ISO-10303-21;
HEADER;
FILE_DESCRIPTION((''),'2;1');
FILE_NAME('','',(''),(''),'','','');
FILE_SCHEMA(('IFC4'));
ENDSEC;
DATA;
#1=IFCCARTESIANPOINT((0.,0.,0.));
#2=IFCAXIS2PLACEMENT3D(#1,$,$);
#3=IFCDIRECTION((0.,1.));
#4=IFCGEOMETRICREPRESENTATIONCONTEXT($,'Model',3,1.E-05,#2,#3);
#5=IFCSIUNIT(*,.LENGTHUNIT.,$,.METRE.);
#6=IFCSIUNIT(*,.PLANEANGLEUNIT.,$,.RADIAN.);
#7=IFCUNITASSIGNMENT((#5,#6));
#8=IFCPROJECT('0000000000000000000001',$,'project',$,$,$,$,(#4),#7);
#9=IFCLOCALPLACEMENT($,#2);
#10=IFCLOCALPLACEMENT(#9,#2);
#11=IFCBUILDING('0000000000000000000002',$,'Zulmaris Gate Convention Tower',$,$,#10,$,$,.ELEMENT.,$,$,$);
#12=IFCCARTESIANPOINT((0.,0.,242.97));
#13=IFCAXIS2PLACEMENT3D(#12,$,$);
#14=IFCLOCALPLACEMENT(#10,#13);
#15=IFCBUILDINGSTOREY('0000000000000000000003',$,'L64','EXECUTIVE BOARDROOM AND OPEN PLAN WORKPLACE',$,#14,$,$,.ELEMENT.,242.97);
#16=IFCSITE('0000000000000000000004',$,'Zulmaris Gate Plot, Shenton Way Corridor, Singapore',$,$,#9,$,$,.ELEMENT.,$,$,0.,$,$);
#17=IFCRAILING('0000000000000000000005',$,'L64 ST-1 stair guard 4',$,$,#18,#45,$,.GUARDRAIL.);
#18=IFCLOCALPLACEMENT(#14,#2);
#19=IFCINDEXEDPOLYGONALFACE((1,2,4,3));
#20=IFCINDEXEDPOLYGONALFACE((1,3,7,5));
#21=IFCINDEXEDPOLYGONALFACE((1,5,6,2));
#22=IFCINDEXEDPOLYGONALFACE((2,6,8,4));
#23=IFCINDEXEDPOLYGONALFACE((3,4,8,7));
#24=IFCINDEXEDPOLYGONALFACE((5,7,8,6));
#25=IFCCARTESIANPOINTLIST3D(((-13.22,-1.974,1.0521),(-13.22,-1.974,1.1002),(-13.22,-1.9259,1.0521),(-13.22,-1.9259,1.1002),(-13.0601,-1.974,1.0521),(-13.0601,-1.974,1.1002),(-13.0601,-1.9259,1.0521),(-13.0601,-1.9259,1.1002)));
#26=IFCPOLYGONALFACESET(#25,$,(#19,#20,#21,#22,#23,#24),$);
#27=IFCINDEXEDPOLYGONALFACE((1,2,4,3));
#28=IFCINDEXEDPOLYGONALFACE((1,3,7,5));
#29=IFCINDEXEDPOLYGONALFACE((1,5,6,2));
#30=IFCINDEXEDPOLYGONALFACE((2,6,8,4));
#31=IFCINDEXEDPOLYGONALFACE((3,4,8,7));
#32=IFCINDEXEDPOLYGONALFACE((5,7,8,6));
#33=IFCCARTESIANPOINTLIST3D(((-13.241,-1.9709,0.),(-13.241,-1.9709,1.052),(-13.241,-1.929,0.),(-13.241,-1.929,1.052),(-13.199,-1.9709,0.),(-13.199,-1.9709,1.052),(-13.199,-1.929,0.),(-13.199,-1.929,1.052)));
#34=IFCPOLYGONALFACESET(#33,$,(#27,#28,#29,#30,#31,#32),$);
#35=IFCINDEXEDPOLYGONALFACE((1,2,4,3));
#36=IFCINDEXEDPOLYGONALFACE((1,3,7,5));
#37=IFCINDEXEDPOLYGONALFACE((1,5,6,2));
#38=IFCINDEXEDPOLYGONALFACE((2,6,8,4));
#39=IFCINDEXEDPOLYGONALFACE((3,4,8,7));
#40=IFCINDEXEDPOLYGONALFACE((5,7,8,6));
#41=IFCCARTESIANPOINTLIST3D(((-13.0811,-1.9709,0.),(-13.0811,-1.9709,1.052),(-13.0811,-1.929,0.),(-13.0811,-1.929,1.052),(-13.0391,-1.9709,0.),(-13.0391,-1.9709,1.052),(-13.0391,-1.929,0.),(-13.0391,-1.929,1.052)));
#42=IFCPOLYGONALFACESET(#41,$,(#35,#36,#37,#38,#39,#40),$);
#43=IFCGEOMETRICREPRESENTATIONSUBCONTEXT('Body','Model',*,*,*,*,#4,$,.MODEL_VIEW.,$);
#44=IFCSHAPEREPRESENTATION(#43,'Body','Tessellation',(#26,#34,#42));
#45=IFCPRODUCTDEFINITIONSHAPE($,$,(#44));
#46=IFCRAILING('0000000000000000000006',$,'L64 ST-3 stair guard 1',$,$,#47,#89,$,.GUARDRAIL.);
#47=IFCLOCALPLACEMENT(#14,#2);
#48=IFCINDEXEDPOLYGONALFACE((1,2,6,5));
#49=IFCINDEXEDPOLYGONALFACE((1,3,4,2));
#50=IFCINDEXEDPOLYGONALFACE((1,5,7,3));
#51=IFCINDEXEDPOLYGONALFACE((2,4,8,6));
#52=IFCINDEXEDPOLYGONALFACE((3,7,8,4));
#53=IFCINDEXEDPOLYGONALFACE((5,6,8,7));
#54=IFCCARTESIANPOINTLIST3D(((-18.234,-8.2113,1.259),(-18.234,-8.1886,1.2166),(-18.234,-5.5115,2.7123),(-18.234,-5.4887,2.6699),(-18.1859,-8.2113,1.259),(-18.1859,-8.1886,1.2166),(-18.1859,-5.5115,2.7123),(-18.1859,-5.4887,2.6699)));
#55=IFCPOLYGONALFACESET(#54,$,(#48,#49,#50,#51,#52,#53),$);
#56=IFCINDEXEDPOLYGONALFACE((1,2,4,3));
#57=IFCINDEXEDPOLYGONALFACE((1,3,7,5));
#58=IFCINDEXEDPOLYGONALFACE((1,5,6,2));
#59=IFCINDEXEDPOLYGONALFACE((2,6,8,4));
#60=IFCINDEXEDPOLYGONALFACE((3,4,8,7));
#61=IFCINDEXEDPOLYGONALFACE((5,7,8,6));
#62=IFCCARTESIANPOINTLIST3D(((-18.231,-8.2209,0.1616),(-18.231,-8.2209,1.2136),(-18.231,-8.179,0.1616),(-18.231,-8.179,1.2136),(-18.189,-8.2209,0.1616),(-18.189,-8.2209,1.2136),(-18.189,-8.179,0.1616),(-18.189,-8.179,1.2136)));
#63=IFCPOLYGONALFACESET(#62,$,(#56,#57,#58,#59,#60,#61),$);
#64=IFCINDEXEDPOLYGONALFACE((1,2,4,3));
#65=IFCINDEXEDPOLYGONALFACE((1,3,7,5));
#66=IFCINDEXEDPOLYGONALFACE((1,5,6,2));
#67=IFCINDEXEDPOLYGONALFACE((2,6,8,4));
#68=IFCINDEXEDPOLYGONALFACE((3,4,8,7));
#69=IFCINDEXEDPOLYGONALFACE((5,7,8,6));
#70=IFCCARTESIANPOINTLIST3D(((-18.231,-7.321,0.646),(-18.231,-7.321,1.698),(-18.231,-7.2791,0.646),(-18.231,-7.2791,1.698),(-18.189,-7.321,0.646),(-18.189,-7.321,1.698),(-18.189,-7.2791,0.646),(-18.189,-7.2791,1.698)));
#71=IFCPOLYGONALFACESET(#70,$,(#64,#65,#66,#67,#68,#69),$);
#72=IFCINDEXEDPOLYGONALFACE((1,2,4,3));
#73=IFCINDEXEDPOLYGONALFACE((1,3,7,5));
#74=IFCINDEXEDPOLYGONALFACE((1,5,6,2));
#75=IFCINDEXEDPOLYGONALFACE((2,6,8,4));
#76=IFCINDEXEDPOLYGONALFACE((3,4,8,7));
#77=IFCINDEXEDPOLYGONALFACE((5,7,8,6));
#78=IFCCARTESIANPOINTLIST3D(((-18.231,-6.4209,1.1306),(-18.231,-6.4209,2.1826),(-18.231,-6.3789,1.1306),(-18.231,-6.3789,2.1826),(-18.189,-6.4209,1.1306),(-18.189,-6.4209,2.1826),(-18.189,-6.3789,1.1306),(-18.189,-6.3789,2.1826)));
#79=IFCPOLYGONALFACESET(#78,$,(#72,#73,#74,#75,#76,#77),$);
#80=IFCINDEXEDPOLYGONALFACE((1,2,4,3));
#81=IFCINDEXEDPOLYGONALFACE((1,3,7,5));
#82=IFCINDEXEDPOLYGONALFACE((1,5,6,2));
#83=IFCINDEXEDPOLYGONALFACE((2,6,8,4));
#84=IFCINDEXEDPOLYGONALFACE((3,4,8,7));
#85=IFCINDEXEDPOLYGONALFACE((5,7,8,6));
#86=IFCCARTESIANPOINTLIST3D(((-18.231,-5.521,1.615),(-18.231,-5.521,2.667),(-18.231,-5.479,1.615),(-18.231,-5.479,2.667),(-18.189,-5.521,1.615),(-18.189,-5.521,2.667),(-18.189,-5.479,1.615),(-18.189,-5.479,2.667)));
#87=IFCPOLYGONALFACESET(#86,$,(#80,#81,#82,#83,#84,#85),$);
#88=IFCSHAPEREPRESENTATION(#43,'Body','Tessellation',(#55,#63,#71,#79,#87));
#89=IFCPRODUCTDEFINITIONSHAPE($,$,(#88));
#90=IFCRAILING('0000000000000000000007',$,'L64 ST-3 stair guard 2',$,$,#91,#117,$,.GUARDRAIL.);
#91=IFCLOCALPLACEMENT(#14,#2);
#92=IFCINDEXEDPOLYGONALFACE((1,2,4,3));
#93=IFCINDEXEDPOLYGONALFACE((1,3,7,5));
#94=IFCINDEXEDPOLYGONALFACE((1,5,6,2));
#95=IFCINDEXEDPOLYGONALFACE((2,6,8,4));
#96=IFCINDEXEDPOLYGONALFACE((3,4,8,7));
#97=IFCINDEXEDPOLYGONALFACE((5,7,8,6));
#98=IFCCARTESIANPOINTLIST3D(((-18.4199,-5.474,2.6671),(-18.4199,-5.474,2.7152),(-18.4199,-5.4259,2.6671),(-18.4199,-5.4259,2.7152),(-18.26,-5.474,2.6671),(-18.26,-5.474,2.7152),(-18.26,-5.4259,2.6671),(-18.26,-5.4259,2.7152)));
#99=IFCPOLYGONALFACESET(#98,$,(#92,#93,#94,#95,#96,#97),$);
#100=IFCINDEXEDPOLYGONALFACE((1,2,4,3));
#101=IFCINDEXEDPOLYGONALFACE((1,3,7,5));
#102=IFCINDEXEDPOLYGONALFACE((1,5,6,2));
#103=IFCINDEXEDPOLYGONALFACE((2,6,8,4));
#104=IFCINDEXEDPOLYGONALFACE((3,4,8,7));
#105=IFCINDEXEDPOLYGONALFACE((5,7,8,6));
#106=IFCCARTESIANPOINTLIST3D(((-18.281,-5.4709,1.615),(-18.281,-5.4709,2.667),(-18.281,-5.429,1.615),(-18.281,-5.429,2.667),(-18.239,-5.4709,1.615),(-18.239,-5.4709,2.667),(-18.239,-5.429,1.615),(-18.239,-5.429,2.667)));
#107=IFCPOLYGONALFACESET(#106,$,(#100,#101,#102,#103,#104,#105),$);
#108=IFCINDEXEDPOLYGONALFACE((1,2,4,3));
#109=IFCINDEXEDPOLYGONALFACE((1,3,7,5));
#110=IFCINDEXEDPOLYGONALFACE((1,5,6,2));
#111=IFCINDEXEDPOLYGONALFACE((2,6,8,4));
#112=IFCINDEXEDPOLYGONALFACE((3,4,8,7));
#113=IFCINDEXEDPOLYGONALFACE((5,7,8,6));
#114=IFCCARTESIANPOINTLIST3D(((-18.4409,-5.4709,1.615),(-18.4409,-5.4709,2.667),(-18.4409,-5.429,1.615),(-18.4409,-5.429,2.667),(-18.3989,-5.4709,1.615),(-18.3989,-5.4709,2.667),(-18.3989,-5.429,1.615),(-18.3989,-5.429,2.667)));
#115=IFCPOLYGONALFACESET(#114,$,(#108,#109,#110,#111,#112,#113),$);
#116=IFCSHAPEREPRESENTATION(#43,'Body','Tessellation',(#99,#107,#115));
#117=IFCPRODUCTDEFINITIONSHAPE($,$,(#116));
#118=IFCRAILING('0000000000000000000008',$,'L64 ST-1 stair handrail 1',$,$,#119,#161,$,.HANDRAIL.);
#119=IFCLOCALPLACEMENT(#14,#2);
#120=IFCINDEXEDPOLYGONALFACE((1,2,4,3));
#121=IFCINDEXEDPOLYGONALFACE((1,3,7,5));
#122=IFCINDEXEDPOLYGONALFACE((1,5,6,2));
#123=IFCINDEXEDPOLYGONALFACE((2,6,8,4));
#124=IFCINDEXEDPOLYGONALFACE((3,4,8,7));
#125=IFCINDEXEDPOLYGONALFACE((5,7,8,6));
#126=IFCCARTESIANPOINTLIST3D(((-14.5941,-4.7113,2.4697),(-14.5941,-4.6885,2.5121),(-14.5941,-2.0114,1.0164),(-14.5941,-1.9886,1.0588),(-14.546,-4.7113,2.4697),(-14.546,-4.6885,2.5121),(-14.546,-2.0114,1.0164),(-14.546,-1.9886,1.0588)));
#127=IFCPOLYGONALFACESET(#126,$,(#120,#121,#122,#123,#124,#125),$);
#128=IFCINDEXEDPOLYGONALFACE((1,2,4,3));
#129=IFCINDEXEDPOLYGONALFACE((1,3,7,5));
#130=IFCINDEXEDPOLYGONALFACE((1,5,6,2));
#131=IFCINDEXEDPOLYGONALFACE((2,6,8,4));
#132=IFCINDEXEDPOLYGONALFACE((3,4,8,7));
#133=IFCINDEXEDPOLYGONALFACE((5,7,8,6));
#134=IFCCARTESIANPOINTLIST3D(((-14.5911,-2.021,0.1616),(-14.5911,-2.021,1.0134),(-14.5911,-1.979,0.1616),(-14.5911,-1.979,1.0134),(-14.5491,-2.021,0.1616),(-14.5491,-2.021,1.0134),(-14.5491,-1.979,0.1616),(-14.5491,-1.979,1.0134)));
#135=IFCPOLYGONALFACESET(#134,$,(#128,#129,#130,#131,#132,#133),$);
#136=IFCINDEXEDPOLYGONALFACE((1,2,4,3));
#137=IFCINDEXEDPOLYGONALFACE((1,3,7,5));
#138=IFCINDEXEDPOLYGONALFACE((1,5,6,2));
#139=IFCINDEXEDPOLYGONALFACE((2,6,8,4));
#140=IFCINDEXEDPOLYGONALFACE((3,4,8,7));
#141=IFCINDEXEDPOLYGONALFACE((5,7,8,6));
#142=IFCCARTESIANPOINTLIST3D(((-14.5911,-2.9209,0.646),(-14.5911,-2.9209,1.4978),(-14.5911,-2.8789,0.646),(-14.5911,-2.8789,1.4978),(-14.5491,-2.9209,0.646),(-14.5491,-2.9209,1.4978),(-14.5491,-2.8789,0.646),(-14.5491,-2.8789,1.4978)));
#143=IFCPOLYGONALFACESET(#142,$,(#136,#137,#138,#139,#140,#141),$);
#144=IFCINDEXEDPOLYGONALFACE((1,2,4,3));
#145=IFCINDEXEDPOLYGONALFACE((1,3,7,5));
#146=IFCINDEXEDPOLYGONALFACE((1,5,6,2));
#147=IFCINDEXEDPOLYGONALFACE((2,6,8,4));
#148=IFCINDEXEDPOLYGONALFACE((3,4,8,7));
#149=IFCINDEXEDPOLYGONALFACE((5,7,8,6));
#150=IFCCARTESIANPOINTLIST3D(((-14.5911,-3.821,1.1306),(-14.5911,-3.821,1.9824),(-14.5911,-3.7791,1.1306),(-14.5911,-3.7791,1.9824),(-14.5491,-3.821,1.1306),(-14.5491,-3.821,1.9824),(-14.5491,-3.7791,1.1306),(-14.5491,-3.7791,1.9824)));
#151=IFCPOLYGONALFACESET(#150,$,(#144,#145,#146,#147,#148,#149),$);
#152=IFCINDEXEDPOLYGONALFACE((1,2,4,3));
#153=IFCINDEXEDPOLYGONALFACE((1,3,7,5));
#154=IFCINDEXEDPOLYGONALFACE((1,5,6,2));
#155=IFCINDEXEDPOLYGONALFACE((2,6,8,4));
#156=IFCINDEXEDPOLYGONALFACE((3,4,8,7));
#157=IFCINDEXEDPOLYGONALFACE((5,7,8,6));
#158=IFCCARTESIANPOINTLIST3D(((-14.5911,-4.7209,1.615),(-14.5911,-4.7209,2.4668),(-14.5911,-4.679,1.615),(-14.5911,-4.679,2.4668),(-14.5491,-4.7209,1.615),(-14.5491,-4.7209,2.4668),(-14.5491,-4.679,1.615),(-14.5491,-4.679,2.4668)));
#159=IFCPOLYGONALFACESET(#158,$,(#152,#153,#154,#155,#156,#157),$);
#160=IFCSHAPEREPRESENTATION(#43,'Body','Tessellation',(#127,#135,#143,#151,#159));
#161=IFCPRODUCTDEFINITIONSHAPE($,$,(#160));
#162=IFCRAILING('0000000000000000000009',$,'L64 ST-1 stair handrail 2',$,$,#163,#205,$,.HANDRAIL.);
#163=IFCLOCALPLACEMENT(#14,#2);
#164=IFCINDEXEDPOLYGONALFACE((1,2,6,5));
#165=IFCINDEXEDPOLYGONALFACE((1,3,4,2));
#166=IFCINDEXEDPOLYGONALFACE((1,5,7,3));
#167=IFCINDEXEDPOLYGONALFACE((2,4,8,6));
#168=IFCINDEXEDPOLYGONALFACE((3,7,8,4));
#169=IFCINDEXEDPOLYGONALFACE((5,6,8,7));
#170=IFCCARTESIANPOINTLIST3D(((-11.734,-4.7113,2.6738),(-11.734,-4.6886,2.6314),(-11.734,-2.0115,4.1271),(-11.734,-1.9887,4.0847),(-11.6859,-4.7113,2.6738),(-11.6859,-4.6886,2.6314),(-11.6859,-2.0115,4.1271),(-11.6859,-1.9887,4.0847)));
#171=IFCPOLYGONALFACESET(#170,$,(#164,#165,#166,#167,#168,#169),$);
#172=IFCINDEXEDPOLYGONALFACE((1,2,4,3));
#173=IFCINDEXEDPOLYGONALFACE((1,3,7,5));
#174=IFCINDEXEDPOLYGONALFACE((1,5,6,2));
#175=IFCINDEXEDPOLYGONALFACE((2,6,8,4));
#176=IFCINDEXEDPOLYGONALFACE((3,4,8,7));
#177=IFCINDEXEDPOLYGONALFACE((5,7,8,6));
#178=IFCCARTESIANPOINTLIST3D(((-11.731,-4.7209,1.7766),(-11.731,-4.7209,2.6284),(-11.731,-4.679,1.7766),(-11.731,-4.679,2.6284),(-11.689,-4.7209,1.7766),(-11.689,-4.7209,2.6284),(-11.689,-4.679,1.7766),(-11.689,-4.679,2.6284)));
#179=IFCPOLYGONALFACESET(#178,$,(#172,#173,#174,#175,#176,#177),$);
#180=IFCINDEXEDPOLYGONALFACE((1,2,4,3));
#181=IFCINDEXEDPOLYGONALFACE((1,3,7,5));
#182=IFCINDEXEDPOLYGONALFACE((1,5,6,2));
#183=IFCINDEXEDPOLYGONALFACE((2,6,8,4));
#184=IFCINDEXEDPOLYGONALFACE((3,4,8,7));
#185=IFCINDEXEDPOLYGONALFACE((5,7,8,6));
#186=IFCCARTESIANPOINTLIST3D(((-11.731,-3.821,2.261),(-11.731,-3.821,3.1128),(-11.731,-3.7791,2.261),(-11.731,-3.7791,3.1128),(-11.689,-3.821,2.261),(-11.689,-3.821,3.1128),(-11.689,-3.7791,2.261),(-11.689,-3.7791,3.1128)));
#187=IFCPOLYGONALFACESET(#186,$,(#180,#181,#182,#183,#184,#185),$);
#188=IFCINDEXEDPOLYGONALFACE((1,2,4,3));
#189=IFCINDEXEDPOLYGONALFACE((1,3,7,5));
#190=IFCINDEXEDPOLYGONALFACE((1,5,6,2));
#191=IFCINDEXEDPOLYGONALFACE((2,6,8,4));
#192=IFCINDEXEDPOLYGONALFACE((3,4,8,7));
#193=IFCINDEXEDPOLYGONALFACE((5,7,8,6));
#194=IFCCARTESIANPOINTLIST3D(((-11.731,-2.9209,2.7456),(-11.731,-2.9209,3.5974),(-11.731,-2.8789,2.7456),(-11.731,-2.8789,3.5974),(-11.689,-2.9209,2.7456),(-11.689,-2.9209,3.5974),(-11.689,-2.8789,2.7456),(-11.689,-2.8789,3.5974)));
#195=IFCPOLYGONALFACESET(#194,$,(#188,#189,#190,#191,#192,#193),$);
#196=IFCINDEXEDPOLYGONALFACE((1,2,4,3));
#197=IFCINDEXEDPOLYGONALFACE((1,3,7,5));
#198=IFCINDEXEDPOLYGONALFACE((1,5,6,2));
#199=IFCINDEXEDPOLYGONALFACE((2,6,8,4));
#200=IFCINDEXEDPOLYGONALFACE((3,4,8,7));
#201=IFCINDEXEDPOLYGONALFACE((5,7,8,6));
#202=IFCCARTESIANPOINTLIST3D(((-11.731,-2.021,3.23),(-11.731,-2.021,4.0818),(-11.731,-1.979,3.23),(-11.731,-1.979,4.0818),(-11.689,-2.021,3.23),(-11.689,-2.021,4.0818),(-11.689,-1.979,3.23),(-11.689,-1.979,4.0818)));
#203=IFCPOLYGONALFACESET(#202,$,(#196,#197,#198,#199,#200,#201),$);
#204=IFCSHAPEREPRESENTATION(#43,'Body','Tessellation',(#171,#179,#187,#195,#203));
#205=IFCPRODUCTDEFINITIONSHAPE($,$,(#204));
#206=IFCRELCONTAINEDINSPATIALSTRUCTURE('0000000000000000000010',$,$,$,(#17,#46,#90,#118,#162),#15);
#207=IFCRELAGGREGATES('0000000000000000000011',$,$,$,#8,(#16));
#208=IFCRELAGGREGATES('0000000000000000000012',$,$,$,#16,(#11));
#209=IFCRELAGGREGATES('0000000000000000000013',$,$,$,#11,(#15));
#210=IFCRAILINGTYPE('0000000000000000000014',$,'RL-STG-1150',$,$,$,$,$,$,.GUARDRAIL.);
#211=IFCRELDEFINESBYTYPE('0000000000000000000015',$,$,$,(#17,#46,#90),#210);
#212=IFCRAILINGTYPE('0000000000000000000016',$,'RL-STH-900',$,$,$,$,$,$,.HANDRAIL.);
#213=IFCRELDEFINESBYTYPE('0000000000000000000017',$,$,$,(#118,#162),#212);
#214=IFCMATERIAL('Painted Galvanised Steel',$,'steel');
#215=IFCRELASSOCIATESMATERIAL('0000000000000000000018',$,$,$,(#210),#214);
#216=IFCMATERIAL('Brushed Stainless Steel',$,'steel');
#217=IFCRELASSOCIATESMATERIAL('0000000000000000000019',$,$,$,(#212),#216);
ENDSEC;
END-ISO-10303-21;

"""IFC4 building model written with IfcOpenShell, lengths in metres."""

from ifc_helpers import new_model, si_unit, direction, frame, origin, origin_2d, place, context, subcontext, project, spatial, rectangle, extrude, material, type_object, element, save


model = new_model("IFC4")

# Units and contexts
model_context = context("Model", 3, precision=1e-05, world=origin(), true_north=direction((0.0, 1.0)))
body_context = subcontext(model_context, "Body", "Model", "MODEL_VIEW")
ifc_project = project(units=[si_unit("LENGTHUNIT", "METRE"), si_unit("PLANEANGLEUNIT", "RADIAN")], contexts=[model_context])

# Site, building, storey
site_placement = place(None, origin())
site = spatial("IfcSite", under=ifc_project, at=site_placement, Name="Zulmaris Gate Plot, Shenton Way Corridor, Singapore", CompositionType="ELEMENT", RefElevation=0.0)
building_placement = place(site_placement, origin())
building = spatial("IfcBuilding", under=site, at=building_placement, Name="Zulmaris Gate Convention Tower", CompositionType="ELEMENT")
storey_placement = place(building_placement, frame((0.0, 0.0, 242.97)))
storey = spatial("IfcBuildingStorey", under=building, at=storey_placement, Name="L64", Description="EXECUTIVE BOARDROOM AND OPEN PLAN WORKPLACE", CompositionType="ELEMENT", Elevation=242.97)

# Shared definitions
ifc_material_1 = material(Name="Brushed Stainless Steel", Category="steel")

# Railings
ifc_material_2 = material(Name="Painted Galvanised Steel", Category="steel")
railing_type_1 = type_object("IfcRailingType", Name="RL-STG-1150", PredefinedType="GUARDRAIL", material=ifc_material_2)
railing_1_placement = place(storey_placement, frame((-13.22, -1.95, 0.0)))
element("IfcRailing", 1, at=railing_1_placement, inside=storey, type_object=railing_type_1, Name="L64 ST-1 stair guard 4", PredefinedType="GUARDRAIL", context=body_context, shape_type="SweptSolid", body=[
    extrude(rectangle(XDim=0.0481, YDim=0.0481, at=origin_2d()), frame((0.0, 0.0, 1.0762), z_axis=(1.0, 0.0, 0.0), x_axis=(0.0, 1.0, 0.0)), (0.0, 0.0, 1.0), 0.1599),
    extrude(rectangle(XDim=0.042, YDim=0.042, at=origin_2d()), origin(), (0.0, 0.0, 1.0), 1.052),
    extrude(rectangle(XDim=0.042, YDim=0.042, at=origin_2d()), frame((0.1599, 0.0, 0.0)), (0.0, 0.0, 1.0), 1.052),
])
railing_2_placement = place(storey_placement, frame((-18.21, -8.2, 0.1616)))
element("IfcRailing", 2, at=railing_2_placement, inside=storey, type_object=railing_type_1, Name="L64 ST-3 stair guard 1", PredefinedType="GUARDRAIL", context=body_context, shape_type="SweptSolid", body=[
    extrude(rectangle(XDim=0.0481, YDim=0.0481, at=origin_2d()), frame((0.0, 0.0, 1.0762), z_axis=(0.0, 0.880532, 0.473986), x_axis=(-1.0, 0.0, 0.0)), (0.0, 0.0, 1.0), 3.0662),
    extrude(rectangle(XDim=0.042, YDim=0.042, at=origin_2d()), origin(), (0.0, 0.0, 1.0), 1.052),
    extrude(rectangle(XDim=0.042, YDim=0.042, at=origin_2d()), frame((0.0, 0.8999, 0.4844)), (0.0, 0.0, 1.0), 1.052),
    extrude(rectangle(XDim=0.042, YDim=0.042, at=origin_2d()), frame((0.0, 1.8, 0.969)), (0.0, 0.0, 1.0), 1.052),
    extrude(rectangle(XDim=0.042, YDim=0.042, at=origin_2d()), frame((0.0, 2.7, 1.4534)), (0.0, 0.0, 1.0), 1.052),
])
railing_3_placement = place(storey_placement, frame((-18.26, -5.45, 1.615)))
element("IfcRailing", 3, at=railing_3_placement, inside=storey, type_object=railing_type_1, Name="L64 ST-3 stair guard 2", PredefinedType="GUARDRAIL", context=body_context, shape_type="SweptSolid", body=[
    extrude(rectangle(XDim=0.0481, YDim=0.0481, at=origin_2d()), frame((0.0, 0.0, 1.0762), z_axis=(-1.0, 0.0, 0.0), x_axis=(0.0, -1.0, 0.0)), (0.0, 0.0, 1.0), 0.1599),
    extrude(rectangle(XDim=0.042, YDim=0.042, at=origin_2d()), origin(), (0.0, 0.0, 1.0), 1.052),
    extrude(rectangle(XDim=0.042, YDim=0.042, at=origin_2d()), frame((-0.1599, 0.0, 0.0)), (0.0, 0.0, 1.0), 1.052),
])
railing_type_2 = type_object("IfcRailingType", Name="RL-STH-900", PredefinedType="HANDRAIL", material=ifc_material_1)
railing_4_placement = place(storey_placement, frame((-14.5701, -2.0, 0.1616)))
element("IfcRailing", 4, at=railing_4_placement, inside=storey, type_object=railing_type_2, Name="L64 ST-1 stair handrail 1", PredefinedType="HANDRAIL", context=body_context, shape_type="SweptSolid", body=[
    extrude(rectangle(XDim=0.0481, YDim=0.0481, at=origin_2d()), frame((0.0, 0.0, 0.876), z_axis=(0.0, -0.880532, 0.473986), x_axis=(1.0, 0.0, 0.0)), (0.0, 0.0, 1.0), 3.0662),
    extrude(rectangle(XDim=0.042, YDim=0.042, at=origin_2d()), origin(), (0.0, 0.0, 1.0), 0.8518),
    extrude(rectangle(XDim=0.042, YDim=0.042, at=origin_2d()), frame((0.0, -0.8999, 0.4844)), (0.0, 0.0, 1.0), 0.8518),
    extrude(rectangle(XDim=0.042, YDim=0.042, at=origin_2d()), frame((0.0, -1.8, 0.969)), (0.0, 0.0, 1.0), 0.8518),
    extrude(rectangle(XDim=0.042, YDim=0.042, at=origin_2d()), frame((0.0, -2.7, 1.4534)), (0.0, 0.0, 1.0), 0.8518),
])
for number, where, name in (
    (5, (-11.71, -4.7, 1.7766), "L64 ST-1 stair handrail 2"),
):
    element("IfcRailing", number, at=place(storey_placement, frame(where)), inside=storey, type_object=railing_type_2, Name=name, PredefinedType="HANDRAIL", context=body_context, shape_type="SweptSolid", body=[
        extrude(rectangle(XDim=0.0481, YDim=0.0481, at=origin_2d()), frame((0.0, 0.0, 0.876), z_axis=(0.0, 0.880532, 0.473986), x_axis=(-1.0, 0.0, 0.0)), (0.0, 0.0, 1.0), 3.0662),
        extrude(rectangle(XDim=0.042, YDim=0.042, at=origin_2d()), origin(), (0.0, 0.0, 1.0), 0.8518),
        extrude(rectangle(XDim=0.042, YDim=0.042, at=origin_2d()), frame((0.0, 0.8999, 0.4844)), (0.0, 0.0, 1.0), 0.8518),
        extrude(rectangle(XDim=0.042, YDim=0.042, at=origin_2d()), frame((0.0, 1.8, 0.969)), (0.0, 0.0, 1.0), 0.8518),
        extrude(rectangle(XDim=0.042, YDim=0.042, at=origin_2d()), frame((0.0, 2.7, 1.4534)), (0.0, 0.0, 1.0), 0.8518),
    ])

save(model, "model.ifc")
